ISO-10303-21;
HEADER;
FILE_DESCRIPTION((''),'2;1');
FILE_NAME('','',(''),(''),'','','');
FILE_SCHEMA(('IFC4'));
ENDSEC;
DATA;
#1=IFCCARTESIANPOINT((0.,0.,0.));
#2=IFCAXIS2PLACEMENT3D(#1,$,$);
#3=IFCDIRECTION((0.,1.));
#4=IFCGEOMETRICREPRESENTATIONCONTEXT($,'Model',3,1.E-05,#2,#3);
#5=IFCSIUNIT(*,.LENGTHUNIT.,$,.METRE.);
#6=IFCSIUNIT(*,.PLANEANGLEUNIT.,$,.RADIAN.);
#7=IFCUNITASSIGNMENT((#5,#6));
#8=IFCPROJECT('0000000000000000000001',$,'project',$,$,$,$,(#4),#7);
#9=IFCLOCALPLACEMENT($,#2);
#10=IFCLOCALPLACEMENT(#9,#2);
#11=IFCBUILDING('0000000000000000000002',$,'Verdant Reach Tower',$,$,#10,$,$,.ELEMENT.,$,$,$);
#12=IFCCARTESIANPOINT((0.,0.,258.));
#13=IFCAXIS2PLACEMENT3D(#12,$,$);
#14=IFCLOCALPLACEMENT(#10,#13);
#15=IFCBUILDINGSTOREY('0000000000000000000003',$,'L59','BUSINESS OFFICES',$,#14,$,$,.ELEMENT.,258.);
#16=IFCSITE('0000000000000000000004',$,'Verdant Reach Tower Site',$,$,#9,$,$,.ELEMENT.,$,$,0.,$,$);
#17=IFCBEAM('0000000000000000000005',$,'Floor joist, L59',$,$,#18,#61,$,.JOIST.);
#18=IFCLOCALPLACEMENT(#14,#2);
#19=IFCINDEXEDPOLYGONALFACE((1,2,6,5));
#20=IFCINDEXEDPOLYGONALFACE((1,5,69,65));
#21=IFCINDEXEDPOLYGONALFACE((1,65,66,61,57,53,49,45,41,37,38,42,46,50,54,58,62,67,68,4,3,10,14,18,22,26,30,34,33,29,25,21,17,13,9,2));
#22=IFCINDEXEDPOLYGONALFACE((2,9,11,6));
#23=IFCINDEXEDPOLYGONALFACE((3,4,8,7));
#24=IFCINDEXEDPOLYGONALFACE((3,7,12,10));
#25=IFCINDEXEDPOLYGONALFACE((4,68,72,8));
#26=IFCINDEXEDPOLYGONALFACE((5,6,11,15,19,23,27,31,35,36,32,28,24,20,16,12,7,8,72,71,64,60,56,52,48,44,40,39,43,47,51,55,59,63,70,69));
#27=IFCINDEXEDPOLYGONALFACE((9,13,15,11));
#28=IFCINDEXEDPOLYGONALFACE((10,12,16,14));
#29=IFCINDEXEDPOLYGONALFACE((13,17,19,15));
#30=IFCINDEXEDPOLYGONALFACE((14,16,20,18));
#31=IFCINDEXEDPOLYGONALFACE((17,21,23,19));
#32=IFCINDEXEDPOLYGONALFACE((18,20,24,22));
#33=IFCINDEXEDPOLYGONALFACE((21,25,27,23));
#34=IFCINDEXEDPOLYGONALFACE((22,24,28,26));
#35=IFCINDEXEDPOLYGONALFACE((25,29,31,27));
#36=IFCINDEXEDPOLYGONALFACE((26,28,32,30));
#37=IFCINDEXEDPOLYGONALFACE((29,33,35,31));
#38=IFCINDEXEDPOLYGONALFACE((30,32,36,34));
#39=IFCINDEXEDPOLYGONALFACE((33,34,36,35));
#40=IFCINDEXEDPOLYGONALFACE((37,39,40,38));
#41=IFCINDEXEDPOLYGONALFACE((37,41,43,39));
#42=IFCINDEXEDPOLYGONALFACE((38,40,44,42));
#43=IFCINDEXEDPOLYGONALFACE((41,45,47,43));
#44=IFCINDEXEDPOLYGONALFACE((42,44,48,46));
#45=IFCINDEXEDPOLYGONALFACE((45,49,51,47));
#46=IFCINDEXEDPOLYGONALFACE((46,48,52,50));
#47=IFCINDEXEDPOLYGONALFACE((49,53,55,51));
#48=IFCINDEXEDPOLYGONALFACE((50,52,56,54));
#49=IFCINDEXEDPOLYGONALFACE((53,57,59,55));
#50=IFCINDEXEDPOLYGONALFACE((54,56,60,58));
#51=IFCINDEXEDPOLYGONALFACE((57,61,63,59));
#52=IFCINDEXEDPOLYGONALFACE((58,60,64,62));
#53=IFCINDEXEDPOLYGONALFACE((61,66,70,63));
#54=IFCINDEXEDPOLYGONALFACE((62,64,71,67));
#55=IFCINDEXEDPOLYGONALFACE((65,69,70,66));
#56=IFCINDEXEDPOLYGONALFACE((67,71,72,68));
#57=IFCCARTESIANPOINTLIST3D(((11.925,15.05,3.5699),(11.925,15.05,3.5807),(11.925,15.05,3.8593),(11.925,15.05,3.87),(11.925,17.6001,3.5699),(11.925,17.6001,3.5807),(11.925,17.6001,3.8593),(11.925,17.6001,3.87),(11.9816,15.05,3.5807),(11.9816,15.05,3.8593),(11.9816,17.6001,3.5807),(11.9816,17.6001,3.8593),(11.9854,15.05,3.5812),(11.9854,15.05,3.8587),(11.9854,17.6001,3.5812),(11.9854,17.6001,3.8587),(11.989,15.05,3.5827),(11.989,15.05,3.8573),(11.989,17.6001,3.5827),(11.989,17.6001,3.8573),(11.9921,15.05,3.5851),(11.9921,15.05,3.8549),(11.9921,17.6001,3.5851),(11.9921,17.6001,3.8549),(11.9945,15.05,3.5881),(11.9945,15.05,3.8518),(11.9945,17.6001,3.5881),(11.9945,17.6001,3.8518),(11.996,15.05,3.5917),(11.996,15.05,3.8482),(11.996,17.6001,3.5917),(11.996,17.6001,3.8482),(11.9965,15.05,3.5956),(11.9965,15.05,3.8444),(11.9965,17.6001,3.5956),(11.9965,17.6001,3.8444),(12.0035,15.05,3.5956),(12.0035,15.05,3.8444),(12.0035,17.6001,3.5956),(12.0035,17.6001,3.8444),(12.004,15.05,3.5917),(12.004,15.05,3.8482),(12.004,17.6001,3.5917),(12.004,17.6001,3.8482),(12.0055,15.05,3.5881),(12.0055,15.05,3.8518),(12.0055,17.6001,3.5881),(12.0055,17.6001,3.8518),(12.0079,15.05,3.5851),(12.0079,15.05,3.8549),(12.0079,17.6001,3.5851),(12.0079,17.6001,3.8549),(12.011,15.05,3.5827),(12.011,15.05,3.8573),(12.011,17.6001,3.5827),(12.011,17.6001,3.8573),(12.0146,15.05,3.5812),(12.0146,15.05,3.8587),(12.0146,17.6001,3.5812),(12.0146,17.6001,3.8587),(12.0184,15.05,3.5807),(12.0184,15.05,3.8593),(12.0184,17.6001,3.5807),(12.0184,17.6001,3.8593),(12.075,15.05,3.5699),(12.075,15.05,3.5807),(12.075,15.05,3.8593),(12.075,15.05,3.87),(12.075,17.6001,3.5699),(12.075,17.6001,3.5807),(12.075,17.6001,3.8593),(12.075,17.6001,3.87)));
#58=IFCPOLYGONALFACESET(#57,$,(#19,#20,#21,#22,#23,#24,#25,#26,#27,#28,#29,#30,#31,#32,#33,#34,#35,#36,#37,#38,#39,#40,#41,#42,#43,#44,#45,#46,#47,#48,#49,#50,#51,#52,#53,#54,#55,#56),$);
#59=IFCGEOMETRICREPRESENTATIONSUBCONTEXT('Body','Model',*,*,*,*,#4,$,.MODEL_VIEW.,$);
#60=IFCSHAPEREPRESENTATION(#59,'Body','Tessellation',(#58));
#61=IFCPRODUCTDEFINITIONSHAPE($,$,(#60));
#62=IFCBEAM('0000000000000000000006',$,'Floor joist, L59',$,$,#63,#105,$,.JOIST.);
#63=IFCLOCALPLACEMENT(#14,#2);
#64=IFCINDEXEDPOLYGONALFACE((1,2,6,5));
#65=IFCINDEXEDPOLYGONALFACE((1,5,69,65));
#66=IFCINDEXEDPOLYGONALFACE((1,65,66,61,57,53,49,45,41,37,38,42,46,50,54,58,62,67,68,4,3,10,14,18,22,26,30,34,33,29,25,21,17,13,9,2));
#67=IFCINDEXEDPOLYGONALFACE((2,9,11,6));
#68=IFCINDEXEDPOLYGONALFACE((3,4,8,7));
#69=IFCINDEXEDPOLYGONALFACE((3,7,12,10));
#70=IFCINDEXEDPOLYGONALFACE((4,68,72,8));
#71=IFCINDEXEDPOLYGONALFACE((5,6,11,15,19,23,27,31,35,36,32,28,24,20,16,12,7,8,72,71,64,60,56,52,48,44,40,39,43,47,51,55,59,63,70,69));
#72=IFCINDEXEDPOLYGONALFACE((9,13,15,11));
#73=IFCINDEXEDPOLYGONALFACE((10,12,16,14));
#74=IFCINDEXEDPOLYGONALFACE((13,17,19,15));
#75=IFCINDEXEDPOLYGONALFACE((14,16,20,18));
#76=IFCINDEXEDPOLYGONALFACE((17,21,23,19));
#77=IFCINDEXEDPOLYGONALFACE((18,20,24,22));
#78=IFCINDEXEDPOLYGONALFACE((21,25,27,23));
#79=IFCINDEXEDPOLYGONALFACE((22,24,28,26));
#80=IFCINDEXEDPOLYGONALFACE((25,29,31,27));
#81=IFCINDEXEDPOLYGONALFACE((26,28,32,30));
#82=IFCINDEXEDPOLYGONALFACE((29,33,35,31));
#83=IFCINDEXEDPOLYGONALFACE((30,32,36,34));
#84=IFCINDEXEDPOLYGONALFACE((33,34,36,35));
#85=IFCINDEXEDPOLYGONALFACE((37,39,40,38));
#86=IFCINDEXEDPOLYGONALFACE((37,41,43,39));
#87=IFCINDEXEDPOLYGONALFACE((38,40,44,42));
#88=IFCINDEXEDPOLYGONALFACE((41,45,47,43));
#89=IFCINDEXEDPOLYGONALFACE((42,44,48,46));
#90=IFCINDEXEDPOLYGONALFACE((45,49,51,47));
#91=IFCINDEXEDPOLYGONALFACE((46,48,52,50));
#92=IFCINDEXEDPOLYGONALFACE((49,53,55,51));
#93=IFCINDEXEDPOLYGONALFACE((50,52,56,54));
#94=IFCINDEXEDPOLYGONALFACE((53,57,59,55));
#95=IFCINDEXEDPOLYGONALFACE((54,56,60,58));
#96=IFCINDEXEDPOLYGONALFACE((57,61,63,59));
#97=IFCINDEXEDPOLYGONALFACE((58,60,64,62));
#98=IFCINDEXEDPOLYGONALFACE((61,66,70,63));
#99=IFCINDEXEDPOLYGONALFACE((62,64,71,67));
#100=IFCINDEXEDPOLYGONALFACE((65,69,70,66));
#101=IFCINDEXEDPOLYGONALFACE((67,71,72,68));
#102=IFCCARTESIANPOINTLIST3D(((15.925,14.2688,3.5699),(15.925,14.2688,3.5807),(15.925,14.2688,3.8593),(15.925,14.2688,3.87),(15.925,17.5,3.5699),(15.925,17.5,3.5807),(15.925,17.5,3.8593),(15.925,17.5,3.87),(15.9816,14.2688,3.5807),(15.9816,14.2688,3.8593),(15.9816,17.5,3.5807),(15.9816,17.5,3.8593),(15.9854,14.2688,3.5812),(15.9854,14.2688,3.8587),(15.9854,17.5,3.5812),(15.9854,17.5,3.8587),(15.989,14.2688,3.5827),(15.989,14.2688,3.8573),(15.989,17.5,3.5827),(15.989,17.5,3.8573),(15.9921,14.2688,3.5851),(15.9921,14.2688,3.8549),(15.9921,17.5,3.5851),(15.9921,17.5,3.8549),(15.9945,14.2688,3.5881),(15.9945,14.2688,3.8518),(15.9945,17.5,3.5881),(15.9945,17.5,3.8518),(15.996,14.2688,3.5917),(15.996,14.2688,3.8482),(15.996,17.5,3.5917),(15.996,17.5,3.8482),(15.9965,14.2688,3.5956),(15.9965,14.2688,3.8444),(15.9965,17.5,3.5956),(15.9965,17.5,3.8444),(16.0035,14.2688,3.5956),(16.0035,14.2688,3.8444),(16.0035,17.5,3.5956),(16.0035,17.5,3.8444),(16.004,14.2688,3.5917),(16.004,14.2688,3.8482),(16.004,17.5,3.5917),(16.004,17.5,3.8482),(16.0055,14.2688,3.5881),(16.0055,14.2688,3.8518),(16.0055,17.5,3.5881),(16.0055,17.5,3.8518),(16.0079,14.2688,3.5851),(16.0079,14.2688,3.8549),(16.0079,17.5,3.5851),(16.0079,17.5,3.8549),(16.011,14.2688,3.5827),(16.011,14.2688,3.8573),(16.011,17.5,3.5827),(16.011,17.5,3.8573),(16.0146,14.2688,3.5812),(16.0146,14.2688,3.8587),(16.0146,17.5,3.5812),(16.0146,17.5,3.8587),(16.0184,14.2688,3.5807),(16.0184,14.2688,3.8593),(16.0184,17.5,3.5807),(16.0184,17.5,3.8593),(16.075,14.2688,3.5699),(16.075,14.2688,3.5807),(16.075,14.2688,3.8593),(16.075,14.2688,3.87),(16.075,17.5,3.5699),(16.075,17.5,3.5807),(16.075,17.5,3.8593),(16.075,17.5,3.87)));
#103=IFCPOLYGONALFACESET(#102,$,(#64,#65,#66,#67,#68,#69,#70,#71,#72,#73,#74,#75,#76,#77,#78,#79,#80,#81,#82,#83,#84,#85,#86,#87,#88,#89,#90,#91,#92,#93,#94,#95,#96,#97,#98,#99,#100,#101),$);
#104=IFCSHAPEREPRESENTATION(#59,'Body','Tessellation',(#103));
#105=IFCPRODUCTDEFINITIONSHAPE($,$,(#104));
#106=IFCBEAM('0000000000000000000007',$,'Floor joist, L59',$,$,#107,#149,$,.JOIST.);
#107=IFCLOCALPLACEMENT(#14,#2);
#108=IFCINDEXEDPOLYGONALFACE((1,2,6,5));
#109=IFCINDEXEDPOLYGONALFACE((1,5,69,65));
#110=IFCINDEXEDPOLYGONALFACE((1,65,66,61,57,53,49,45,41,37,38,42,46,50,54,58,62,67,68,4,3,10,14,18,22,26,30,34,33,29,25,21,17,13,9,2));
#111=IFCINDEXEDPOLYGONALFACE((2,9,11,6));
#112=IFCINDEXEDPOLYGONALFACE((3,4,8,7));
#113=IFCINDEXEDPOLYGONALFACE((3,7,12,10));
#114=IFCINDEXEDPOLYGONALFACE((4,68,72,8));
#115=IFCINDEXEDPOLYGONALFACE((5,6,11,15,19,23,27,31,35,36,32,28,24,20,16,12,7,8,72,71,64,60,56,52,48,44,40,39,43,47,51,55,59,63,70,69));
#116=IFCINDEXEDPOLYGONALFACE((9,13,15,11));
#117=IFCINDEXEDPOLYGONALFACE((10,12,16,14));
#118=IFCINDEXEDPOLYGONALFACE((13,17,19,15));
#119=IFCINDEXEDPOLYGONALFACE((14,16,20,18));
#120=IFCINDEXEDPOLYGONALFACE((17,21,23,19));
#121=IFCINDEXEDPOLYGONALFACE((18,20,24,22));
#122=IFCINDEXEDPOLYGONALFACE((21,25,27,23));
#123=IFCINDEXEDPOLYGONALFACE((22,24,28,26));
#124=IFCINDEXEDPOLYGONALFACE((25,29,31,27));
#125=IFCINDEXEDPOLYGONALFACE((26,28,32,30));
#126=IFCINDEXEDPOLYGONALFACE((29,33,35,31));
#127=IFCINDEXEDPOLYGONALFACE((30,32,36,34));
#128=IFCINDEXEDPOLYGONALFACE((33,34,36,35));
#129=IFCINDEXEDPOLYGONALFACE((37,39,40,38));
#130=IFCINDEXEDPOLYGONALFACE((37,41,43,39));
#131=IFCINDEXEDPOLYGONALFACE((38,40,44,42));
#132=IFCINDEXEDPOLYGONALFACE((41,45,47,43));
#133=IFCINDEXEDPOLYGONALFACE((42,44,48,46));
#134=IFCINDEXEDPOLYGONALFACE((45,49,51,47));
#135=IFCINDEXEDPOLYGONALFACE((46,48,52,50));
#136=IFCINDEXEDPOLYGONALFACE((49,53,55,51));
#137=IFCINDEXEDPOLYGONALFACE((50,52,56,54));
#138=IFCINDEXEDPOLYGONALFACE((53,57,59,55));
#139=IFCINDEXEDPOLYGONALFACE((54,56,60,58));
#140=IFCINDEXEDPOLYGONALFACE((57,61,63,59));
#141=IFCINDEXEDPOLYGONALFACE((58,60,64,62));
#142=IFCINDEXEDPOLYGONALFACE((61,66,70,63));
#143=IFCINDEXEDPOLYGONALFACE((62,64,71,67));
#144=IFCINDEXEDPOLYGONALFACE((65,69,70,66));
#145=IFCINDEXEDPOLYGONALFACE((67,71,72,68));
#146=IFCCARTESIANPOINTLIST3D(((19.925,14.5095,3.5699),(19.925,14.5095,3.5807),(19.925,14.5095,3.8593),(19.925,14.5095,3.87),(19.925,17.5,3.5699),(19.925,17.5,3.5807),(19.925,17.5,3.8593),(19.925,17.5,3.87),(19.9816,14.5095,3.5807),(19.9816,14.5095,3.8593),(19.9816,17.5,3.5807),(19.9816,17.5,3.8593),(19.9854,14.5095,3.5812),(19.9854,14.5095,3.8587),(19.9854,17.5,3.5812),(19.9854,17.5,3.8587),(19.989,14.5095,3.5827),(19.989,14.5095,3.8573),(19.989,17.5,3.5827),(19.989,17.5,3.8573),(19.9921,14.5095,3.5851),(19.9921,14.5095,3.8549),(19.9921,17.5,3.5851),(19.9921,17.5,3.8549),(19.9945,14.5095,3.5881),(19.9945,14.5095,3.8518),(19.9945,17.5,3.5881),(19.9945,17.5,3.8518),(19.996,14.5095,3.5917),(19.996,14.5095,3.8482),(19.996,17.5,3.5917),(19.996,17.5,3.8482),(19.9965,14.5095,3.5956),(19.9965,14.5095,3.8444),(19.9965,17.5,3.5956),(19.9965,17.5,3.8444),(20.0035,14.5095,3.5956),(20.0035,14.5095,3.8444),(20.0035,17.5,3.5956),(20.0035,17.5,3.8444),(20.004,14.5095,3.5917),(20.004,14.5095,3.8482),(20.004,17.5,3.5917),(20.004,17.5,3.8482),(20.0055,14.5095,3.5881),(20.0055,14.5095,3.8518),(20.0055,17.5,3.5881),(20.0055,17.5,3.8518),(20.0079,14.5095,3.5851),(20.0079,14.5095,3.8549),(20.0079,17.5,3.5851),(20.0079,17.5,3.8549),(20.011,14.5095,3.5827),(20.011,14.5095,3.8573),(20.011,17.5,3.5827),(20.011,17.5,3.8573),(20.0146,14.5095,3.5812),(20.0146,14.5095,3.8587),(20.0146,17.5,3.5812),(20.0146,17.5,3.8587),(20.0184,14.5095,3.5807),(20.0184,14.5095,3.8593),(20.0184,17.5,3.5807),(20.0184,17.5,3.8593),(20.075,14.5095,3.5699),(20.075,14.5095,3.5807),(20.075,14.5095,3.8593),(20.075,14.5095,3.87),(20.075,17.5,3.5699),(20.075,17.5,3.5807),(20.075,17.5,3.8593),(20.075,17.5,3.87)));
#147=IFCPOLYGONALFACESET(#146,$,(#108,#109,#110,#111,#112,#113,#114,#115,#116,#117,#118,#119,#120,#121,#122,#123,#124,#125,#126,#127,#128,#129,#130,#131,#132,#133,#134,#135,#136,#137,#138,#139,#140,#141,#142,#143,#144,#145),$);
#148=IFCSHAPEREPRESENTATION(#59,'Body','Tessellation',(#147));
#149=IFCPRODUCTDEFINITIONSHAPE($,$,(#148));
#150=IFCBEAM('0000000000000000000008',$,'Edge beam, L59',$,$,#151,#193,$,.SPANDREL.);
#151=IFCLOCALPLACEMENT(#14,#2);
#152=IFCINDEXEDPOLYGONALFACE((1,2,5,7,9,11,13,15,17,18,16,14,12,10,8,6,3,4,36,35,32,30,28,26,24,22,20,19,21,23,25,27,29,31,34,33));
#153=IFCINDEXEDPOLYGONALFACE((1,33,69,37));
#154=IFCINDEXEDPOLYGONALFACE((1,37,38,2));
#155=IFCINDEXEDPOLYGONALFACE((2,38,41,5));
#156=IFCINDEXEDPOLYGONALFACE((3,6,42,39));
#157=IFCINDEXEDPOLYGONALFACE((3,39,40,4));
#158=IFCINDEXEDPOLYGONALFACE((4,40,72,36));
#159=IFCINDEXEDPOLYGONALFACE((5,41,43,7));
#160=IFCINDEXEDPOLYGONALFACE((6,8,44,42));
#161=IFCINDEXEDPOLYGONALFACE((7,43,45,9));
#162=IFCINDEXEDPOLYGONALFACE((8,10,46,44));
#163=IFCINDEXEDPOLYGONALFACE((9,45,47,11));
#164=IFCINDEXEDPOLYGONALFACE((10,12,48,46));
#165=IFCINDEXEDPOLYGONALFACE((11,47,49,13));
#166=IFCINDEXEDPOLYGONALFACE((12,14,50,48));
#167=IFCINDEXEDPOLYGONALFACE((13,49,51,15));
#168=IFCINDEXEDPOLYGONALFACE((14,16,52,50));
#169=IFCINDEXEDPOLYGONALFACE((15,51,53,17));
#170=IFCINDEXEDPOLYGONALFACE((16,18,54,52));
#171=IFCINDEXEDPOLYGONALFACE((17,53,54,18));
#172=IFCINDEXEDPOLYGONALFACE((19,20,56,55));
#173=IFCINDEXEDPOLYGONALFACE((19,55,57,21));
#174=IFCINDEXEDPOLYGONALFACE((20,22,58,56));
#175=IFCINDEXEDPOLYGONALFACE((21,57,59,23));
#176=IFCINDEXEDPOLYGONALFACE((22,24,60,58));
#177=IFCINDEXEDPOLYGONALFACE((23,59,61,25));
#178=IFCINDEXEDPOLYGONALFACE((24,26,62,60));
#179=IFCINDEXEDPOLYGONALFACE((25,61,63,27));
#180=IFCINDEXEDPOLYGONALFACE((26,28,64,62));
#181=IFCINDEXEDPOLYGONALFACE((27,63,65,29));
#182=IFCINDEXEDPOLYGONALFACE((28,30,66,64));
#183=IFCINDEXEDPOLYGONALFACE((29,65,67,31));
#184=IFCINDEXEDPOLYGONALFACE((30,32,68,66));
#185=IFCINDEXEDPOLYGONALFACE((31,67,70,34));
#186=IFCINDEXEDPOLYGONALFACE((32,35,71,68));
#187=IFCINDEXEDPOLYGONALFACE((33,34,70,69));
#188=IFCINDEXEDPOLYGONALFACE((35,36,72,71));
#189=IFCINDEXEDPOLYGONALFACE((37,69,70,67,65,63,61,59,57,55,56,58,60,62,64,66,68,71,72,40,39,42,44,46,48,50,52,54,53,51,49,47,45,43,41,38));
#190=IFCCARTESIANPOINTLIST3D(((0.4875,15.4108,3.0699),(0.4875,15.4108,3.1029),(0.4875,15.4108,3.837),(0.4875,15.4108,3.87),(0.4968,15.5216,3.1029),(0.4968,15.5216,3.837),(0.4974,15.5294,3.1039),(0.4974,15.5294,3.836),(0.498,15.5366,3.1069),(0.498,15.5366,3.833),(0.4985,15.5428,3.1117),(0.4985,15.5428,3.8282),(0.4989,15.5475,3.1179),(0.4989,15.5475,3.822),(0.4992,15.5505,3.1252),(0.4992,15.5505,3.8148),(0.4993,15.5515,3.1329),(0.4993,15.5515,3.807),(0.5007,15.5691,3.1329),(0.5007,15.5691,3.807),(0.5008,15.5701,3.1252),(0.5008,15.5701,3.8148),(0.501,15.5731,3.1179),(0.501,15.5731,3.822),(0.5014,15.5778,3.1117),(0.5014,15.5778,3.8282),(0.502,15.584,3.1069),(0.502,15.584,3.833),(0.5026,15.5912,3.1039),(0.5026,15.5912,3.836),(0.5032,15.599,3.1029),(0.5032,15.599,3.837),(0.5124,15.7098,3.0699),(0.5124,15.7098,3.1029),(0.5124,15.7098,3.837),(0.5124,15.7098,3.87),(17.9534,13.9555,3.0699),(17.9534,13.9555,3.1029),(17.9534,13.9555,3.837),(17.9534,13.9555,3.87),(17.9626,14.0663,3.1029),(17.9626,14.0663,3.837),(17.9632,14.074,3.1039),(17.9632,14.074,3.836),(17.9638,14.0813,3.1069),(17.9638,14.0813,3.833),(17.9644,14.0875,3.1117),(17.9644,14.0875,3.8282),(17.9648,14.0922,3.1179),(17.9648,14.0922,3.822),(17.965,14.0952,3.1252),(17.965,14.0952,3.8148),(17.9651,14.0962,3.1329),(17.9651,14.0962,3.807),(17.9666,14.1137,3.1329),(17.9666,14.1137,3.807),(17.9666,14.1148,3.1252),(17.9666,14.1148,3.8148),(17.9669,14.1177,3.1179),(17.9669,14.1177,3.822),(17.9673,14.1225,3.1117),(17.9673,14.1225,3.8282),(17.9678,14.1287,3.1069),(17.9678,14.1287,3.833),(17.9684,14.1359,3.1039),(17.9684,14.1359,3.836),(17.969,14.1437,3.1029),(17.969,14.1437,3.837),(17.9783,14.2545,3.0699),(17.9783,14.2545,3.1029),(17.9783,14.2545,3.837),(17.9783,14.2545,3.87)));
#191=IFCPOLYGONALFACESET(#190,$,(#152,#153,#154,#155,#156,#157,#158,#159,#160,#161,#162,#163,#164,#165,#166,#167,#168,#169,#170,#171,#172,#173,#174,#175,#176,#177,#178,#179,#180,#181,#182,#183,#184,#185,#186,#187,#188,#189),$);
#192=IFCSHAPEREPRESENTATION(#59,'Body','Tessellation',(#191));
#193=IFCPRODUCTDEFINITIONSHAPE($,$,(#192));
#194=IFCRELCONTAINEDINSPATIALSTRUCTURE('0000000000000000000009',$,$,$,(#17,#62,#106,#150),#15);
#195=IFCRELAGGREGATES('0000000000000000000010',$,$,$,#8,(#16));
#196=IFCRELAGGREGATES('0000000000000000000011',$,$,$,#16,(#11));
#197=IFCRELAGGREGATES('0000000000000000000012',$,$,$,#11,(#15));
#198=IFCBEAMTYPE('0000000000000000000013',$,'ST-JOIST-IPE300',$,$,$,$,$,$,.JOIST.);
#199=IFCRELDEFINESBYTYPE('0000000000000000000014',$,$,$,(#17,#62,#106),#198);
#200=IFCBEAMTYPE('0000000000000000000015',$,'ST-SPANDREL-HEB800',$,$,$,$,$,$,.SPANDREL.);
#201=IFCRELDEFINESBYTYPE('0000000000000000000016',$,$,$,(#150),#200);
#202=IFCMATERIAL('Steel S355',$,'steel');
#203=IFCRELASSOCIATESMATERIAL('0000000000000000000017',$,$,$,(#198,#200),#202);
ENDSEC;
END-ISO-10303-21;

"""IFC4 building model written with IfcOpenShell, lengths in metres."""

from ifc_helpers import new_model, si_unit, direction, frame, origin, origin_2d, place, context, subcontext, project, spatial, i_section, extrude, material, material_profile, profile_set, type_object, element, save


model = new_model("IFC4")

# Units and contexts
model_context = context("Model", 3, precision=1e-05, world=origin(), true_north=direction((0.0, 1.0)))
body_context = subcontext(model_context, "Body", "Model", "MODEL_VIEW")
ifc_project = project(units=[si_unit("LENGTHUNIT", "METRE"), si_unit("PLANEANGLEUNIT", "RADIAN")], contexts=[model_context])

# Site, building, storey
site_placement = place(None, origin())
site = spatial("IfcSite", under=ifc_project, at=site_placement, Name="Verdant Reach Tower Site", CompositionType="ELEMENT", RefElevation=0.0)
building_placement = place(site_placement, origin())
building = spatial("IfcBuilding", under=site, at=building_placement, Name="Verdant Reach Tower", CompositionType="ELEMENT")
storey_placement = place(building_placement, frame((0.0, 0.0, 258.0)))
storey = spatial("IfcBuildingStorey", under=building, at=storey_placement, Name="L59", Description="BUSINESS OFFICES", CompositionType="ELEMENT", Elevation=258.0)

# Beams
ifc_material_1 = material(Name="Steel S355", Category="steel")
ifc_material_profile_1 = material_profile(ifc_material_1, i_section(OverallWidth=0.1499, OverallDepth=0.3, WebThickness=0.0071, FlangeThickness=0.0107, FilletRadius=0.0149, at=origin_2d()), Name="IPE 300")
ifc_profile_set_1 = profile_set([ifc_material_profile_1], Name="Steel S355")
beam_type_1 = type_object("IfcBeamType", Name="ST-JOIST-IPE300", PredefinedType="JOIST", material=ifc_profile_set_1)
beam_1_placement = place(storey_placement, frame((12.0, 17.6001, 3.72), z_axis=(0.0, -1.0, 0.0), x_axis=(1.0, 0.0, 0.0)))
element("IfcBeam", 1, at=beam_1_placement, inside=storey, type_object=beam_type_1, Name="Floor joist, L59", PredefinedType="JOIST", context=body_context, shape_type="SweptSolid", body=[
    extrude(i_section(OverallWidth=0.1499, OverallDepth=0.3, WebThickness=0.0071, FlangeThickness=0.0107, FilletRadius=0.0149, at=origin_2d()), origin(), (0.0, 0.0, 1.0), 2.55),
])
beam_2_placement = place(storey_placement, frame((16.0, 17.5, 3.72), z_axis=(0.0, -1.0, 0.0), x_axis=(1.0, 0.0, 0.0)))
element("IfcBeam", 2, at=beam_2_placement, inside=storey, type_object=beam_type_1, Name="Floor joist, L59", PredefinedType="JOIST", context=body_context, shape_type="SweptSolid", body=[
    extrude(i_section(OverallWidth=0.1499, OverallDepth=0.3, WebThickness=0.0071, FlangeThickness=0.0107, FilletRadius=0.0149, at=origin_2d()), origin(), (0.0, 0.0, 1.0), 3.2312),
])
beam_3_placement = place(storey_placement, frame((20.0, 17.5, 3.72), z_axis=(0.0, -1.0, 0.0), x_axis=(1.0, 0.0, 0.0)))
element("IfcBeam", 3, at=beam_3_placement, inside=storey, type_object=beam_type_1, Name="Floor joist, L59", PredefinedType="JOIST", context=body_context, shape_type="SweptSolid", body=[
    extrude(i_section(OverallWidth=0.1499, OverallDepth=0.3, WebThickness=0.0071, FlangeThickness=0.0107, FilletRadius=0.0149, at=origin_2d()), origin(), (0.0, 0.0, 1.0), 2.9905),
])
ifc_material_profile_2 = material_profile(ifc_material_1, i_section(OverallWidth=0.3, OverallDepth=0.8, WebThickness=0.0176, FlangeThickness=0.033, FilletRadius=0.03, at=origin_2d()), Name="HEB 800")
ifc_profile_set_2 = profile_set([ifc_material_profile_2], Name="Steel S355")
beam_type_2 = type_object("IfcBeamType", Name="ST-SPANDREL-HEB800", PredefinedType="SPANDREL", material=ifc_profile_set_2)
beam_4_placement = place(storey_placement, frame((17.9658, 14.105, 3.47), z_axis=(-0.996547, 0.083036, 0.0), x_axis=(-0.083036, -0.996547, 0.0)))
element("IfcBeam", 4, at=beam_4_placement, inside=storey, type_object=beam_type_2, Name="Edge beam, L59", PredefinedType="SPANDREL", context=body_context, shape_type="SweptSolid", body=[
    extrude(i_section(OverallWidth=0.3, OverallDepth=0.8, WebThickness=0.0176, FlangeThickness=0.033, FilletRadius=0.03, at=origin_2d()), origin(), (0.0, 0.0, 1.0), 17.5264),
])

save(model, "model.ifc")
